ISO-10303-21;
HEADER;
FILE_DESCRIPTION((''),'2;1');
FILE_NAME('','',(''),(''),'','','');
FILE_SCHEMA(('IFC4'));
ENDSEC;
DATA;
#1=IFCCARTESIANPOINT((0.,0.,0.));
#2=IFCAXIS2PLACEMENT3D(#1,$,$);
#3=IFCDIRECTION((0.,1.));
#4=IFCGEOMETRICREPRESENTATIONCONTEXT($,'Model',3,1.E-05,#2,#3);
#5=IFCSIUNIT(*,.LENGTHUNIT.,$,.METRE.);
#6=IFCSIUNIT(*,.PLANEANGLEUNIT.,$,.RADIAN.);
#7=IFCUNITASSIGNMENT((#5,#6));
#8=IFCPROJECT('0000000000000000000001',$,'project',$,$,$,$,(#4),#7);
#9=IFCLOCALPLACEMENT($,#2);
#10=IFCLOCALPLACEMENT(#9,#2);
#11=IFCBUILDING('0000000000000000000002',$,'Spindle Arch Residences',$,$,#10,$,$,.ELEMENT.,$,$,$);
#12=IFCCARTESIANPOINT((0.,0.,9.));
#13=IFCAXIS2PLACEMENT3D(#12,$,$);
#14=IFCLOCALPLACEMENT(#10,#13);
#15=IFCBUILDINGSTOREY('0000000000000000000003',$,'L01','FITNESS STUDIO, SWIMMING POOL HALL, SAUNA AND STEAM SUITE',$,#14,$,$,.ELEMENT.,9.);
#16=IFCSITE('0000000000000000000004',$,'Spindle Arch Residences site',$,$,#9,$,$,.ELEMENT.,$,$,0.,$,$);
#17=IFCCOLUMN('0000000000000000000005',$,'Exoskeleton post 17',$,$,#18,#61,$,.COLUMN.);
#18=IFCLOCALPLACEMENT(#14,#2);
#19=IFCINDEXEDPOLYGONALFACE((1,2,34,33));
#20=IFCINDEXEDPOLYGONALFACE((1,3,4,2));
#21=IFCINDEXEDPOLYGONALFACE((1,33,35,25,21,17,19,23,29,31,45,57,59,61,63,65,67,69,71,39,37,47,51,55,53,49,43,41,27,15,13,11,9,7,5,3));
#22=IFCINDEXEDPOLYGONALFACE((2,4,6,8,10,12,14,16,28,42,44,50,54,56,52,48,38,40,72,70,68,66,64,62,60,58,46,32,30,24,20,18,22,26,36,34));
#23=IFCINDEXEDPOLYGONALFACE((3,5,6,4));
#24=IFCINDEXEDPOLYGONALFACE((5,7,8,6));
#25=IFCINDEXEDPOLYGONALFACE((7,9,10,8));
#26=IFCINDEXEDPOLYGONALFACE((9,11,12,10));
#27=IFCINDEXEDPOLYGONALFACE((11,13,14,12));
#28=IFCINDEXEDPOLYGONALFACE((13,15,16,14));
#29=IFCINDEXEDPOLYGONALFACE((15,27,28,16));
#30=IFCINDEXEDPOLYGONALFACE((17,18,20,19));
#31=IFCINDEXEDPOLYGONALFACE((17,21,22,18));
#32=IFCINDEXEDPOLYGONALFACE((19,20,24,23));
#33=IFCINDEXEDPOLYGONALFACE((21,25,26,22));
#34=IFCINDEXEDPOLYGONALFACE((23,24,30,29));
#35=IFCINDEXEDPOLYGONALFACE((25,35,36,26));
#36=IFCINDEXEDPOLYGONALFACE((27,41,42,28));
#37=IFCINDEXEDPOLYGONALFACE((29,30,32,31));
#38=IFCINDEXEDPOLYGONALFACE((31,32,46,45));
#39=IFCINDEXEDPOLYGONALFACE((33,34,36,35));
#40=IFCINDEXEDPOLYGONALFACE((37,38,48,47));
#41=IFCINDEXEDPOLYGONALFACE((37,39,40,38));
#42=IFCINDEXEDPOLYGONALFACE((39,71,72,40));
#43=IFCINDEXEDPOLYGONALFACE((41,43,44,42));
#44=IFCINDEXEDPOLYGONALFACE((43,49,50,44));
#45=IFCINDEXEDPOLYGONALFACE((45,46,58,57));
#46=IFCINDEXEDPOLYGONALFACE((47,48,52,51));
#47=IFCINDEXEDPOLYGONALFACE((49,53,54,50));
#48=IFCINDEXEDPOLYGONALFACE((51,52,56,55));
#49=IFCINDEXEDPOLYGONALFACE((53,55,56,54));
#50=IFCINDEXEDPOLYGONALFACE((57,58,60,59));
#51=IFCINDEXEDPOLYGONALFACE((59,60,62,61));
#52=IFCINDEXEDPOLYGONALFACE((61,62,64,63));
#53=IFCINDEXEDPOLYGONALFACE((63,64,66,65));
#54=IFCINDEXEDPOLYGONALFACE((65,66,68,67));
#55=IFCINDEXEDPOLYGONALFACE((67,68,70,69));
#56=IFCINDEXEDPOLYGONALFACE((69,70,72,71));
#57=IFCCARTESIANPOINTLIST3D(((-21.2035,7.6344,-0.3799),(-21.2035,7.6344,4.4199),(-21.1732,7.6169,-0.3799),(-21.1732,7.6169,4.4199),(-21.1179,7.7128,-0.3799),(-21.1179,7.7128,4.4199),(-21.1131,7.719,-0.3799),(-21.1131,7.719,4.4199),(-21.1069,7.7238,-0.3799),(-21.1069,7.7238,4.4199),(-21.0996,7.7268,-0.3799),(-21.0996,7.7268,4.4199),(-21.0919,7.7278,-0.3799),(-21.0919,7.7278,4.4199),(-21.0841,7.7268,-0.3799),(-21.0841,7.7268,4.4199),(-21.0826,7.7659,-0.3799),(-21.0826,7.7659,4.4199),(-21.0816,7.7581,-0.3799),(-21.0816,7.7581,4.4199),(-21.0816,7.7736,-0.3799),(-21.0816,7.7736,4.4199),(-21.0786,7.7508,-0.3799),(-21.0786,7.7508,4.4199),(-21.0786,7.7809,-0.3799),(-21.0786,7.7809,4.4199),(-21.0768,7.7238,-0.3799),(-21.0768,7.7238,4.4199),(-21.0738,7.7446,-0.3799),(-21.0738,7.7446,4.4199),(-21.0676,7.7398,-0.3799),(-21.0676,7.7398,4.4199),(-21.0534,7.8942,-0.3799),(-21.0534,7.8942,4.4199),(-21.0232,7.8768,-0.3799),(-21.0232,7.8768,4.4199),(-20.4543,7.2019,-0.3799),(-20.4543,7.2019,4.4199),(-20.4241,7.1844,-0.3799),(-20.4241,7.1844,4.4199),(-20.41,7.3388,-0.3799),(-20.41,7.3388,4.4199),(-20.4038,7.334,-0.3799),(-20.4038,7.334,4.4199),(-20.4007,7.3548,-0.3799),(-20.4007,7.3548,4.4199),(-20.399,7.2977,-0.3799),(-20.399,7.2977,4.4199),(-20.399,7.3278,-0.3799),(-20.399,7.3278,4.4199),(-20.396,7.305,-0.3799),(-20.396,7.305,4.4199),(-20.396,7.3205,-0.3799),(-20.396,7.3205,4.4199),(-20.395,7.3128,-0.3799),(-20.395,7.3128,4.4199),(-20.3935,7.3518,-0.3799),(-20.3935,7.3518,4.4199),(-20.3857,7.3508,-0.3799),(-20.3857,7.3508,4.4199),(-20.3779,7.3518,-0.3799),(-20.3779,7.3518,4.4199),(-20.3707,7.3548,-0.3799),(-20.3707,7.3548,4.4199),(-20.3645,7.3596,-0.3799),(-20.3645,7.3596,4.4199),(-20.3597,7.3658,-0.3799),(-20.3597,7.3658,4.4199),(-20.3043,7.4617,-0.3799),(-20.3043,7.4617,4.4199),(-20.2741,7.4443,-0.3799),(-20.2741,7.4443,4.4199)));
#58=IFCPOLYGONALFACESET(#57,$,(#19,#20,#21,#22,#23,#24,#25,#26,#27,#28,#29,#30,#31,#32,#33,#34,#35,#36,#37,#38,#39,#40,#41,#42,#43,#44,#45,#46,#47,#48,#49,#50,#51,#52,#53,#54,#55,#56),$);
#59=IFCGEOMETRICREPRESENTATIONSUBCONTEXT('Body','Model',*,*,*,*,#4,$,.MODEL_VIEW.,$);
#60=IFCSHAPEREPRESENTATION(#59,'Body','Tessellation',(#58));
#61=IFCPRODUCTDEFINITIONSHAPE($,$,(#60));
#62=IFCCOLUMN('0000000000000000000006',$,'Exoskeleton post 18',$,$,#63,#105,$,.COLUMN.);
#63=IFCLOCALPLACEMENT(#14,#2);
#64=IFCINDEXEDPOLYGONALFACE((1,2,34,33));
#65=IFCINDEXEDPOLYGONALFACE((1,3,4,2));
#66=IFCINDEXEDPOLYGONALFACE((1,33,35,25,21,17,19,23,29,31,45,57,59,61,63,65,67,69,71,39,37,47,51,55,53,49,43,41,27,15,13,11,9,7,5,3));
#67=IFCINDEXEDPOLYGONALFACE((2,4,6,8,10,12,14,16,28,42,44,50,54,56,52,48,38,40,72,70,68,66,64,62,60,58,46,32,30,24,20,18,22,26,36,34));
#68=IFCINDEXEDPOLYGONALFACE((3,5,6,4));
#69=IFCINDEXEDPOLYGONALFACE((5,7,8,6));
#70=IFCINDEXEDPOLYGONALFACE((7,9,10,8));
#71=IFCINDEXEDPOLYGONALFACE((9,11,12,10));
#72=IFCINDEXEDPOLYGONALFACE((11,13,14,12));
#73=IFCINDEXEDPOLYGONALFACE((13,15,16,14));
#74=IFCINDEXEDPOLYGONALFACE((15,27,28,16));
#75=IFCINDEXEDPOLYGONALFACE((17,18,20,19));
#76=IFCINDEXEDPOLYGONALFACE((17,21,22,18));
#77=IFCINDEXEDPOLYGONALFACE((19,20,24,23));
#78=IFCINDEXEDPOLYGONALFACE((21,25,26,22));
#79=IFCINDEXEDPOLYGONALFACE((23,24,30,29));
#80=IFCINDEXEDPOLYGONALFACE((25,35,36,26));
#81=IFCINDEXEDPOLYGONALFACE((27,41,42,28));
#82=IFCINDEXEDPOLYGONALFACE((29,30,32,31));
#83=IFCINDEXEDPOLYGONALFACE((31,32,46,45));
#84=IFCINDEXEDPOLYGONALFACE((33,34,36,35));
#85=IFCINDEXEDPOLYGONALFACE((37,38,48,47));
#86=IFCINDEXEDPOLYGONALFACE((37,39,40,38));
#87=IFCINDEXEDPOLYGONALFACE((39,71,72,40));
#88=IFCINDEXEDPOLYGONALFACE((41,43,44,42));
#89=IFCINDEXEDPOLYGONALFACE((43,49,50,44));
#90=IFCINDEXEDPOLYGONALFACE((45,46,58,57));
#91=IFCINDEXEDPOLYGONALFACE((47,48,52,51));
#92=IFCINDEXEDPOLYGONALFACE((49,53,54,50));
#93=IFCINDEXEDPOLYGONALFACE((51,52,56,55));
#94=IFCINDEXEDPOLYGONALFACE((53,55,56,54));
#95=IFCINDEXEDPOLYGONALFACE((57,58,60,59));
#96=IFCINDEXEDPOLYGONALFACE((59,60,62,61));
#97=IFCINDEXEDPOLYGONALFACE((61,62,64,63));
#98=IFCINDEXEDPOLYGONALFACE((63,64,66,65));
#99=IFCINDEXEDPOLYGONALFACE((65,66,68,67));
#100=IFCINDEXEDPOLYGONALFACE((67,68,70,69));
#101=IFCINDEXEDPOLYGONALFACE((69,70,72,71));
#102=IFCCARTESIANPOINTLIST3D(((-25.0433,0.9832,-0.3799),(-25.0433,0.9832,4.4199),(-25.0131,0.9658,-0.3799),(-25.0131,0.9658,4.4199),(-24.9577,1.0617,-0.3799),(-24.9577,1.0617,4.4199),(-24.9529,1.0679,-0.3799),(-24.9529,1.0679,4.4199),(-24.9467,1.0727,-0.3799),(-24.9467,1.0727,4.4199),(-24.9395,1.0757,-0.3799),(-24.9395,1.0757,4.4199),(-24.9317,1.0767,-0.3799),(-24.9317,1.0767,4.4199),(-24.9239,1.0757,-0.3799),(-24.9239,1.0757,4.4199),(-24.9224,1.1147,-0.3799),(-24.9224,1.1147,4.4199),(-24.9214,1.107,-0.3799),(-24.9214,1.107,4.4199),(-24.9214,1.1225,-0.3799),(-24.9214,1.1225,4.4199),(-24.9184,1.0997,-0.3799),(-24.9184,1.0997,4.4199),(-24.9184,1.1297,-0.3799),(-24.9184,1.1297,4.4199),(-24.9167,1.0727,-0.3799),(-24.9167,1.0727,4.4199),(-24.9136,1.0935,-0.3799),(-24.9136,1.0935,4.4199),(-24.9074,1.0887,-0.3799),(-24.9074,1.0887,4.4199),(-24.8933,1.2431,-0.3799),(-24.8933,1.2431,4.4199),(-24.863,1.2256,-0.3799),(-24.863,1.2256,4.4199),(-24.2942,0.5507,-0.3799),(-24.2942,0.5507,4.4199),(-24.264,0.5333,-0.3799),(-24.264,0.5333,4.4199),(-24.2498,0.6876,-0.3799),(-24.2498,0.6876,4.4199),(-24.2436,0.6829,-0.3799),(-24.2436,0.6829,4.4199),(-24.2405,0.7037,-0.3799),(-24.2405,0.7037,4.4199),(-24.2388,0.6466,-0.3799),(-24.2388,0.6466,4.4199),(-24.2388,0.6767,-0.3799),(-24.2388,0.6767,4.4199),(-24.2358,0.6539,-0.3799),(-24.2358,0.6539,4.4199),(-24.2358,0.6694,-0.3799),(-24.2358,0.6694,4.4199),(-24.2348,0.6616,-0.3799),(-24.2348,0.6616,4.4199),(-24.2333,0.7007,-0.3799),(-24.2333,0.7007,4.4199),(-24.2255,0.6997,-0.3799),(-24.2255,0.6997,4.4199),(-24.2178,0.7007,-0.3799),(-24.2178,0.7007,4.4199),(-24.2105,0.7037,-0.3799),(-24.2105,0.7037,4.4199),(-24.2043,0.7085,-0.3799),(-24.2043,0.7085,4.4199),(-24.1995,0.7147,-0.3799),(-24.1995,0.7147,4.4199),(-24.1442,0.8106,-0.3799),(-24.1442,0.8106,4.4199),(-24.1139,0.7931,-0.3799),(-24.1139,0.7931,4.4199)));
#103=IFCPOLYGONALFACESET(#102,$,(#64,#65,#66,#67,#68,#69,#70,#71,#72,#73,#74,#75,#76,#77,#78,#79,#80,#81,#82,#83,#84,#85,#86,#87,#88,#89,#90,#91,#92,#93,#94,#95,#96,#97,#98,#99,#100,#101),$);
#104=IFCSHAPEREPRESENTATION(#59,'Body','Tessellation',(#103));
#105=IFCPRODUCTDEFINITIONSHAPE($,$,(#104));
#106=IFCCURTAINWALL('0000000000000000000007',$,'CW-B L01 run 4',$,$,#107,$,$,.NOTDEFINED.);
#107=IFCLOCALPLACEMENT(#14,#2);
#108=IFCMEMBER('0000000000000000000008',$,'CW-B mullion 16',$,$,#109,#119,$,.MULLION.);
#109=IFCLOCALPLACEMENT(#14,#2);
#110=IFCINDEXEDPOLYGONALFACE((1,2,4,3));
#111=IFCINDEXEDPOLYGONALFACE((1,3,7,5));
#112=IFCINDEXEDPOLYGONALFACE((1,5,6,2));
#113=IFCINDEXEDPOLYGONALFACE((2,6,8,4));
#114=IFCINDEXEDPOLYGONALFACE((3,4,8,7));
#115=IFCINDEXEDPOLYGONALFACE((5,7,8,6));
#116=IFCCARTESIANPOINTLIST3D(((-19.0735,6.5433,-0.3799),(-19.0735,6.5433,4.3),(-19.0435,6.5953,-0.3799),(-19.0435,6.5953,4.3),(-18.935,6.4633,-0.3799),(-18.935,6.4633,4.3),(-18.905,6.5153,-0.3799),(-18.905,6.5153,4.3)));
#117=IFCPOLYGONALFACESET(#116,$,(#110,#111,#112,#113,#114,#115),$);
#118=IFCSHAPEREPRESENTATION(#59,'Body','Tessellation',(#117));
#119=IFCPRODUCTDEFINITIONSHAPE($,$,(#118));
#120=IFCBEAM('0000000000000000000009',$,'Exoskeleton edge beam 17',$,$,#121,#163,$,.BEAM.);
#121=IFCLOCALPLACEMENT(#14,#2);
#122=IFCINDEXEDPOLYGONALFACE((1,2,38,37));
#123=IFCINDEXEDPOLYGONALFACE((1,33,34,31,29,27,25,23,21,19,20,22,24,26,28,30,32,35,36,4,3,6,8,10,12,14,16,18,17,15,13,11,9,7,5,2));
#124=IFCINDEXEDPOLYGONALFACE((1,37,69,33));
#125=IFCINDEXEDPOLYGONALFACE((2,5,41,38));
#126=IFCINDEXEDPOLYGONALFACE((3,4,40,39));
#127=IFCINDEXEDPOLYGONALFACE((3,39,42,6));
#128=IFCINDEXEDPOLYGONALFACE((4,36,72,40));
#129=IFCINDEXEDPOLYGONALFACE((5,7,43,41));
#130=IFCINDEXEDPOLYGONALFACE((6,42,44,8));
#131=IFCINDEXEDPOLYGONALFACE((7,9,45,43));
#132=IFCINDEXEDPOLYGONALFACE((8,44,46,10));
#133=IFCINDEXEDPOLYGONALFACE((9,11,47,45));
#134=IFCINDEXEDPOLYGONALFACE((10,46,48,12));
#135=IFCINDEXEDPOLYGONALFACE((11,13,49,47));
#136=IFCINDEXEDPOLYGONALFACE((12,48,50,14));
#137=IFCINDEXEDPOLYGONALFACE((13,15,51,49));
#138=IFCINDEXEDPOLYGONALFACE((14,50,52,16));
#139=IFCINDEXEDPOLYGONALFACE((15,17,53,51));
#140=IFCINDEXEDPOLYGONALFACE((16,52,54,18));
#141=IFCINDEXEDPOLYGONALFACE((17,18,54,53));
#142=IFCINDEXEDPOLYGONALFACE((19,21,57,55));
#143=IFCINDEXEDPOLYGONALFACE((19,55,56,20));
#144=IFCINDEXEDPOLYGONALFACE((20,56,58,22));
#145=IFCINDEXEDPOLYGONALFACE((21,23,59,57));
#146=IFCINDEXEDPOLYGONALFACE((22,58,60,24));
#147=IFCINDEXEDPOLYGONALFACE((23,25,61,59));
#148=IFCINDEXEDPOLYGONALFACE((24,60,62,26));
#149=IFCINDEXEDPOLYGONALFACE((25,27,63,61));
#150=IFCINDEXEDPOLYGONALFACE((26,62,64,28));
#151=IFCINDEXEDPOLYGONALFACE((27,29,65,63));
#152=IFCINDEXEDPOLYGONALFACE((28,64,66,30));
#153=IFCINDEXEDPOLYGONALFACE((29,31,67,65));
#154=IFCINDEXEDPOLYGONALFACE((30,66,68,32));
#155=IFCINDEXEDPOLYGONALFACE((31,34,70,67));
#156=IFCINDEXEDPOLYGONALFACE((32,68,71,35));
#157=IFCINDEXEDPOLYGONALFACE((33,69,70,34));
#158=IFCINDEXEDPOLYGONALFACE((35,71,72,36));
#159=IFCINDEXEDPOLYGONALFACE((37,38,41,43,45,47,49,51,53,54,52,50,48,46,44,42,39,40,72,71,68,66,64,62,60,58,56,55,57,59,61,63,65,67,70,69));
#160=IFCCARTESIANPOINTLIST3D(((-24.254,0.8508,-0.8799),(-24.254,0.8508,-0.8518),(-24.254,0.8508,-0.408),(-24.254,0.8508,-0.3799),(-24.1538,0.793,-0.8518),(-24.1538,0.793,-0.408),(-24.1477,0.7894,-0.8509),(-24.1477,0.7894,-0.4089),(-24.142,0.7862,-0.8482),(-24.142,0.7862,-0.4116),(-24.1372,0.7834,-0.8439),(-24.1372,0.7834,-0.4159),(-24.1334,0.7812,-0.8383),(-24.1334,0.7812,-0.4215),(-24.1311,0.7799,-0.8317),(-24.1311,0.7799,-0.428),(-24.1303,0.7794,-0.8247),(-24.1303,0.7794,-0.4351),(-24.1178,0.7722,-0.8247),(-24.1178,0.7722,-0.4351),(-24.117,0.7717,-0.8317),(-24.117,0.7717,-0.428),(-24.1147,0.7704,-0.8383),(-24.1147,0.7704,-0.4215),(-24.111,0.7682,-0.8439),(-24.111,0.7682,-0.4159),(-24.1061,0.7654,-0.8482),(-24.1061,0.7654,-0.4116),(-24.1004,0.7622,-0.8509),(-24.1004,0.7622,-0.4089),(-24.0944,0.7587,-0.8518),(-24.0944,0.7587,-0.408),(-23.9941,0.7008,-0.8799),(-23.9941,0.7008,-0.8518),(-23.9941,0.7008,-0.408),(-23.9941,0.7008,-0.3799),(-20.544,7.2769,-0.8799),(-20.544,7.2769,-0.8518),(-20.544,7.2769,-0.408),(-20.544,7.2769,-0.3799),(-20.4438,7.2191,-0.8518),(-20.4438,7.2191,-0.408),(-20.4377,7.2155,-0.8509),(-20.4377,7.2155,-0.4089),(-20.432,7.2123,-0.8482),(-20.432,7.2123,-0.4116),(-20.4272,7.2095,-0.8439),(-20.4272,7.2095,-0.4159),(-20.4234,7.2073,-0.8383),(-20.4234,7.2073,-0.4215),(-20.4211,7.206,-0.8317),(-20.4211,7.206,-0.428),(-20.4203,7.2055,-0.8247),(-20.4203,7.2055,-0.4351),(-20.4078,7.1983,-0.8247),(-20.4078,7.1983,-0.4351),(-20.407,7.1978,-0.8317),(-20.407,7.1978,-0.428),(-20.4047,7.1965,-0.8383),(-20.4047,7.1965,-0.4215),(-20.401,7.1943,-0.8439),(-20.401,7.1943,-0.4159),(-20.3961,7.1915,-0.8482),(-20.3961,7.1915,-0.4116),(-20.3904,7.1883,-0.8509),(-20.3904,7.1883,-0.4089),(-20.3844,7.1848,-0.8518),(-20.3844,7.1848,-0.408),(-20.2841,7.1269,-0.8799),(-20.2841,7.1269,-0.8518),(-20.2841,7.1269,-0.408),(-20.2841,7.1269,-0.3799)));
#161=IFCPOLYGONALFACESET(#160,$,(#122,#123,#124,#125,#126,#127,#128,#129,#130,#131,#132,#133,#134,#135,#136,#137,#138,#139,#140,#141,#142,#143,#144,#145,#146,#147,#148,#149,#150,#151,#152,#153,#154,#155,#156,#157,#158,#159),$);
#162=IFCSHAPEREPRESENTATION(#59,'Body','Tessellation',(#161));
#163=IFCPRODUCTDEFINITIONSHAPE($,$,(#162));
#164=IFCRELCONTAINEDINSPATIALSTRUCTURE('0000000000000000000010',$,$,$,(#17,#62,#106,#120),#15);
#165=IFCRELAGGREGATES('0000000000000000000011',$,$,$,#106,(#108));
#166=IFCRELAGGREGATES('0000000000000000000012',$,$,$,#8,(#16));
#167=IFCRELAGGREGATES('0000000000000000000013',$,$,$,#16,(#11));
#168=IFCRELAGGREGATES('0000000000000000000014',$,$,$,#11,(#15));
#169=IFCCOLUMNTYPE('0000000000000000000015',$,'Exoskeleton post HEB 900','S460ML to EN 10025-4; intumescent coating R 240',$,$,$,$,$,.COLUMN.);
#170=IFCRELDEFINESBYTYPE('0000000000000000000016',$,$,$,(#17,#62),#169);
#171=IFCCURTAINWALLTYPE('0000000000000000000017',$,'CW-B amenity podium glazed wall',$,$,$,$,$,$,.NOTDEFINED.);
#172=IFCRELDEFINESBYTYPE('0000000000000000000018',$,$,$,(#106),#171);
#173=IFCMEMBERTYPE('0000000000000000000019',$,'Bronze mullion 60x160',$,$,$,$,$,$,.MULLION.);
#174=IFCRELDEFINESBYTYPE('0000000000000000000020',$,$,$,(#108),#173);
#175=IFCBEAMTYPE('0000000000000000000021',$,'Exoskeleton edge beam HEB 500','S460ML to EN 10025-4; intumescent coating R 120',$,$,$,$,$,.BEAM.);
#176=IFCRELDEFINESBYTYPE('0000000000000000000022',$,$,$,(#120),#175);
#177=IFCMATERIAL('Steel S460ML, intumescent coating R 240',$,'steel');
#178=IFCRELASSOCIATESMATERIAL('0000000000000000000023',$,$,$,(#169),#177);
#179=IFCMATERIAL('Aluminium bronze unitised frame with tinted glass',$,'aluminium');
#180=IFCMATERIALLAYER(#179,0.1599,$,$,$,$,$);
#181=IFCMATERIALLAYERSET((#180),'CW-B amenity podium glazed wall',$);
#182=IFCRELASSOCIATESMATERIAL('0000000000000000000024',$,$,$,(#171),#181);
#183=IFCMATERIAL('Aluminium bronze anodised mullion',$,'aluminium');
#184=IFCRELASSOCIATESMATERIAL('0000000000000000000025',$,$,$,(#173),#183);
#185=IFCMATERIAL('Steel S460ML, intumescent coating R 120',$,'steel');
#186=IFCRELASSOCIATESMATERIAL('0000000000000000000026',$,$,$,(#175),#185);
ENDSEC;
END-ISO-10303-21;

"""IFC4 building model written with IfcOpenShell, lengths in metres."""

from ifc_helpers import new_model, si_unit, direction, frame, origin, origin_2d, place, context, subcontext, project, spatial, rectangle, i_section, extrude, material, layer, layer_set, material_profile, profile_set, type_object, element, aggregate, save


model = new_model("IFC4")

# Units and contexts
model_context = context("Model", 3, precision=1e-05, world=origin(), true_north=direction((0.0, 1.0)))
body_context = subcontext(model_context, "Body", "Model", "MODEL_VIEW")
ifc_project = project(units=[si_unit("LENGTHUNIT", "METRE"), si_unit("PLANEANGLEUNIT", "RADIAN")], contexts=[model_context])

# Site, building, storey
site_placement = place(None, origin())
site = spatial("IfcSite", under=ifc_project, at=site_placement, Name="Spindle Arch Residences site", CompositionType="ELEMENT", RefElevation=0.0)
building_placement = place(site_placement, origin())
building = spatial("IfcBuilding", under=site, at=building_placement, Name="Spindle Arch Residences", CompositionType="ELEMENT")
storey_placement = place(building_placement, frame((0.0, 0.0, 9.0)))
storey = spatial("IfcBuildingStorey", under=building, at=storey_placement, Name="L01", Description="FITNESS STUDIO, SWIMMING POOL HALL, SAUNA AND STEAM SUITE", CompositionType="ELEMENT", Elevation=9.0)

# Columns
ifc_material_1 = material(Name="Steel S460ML, intumescent coating R 240", Category="steel")
ifc_material_profile_1 = material_profile(ifc_material_1, i_section(OverallWidth=0.3, OverallDepth=0.8999, WebThickness=0.0186, FlangeThickness=0.0349, FilletRadius=0.03, at=origin_2d()), Name="HEB 900")
ifc_profile_set_1 = profile_set([ifc_material_profile_1], Name="Steel S460ML, intumescent coating R 240")
column_type = type_object("IfcColumnType", Name="Exoskeleton post HEB 900", Description="S460ML to EN 10025-4; intumescent coating R 240", PredefinedType="COLUMN", material=ifc_profile_set_1)
for number, where, z_axis, x_axis, name in (
    (1, (-20.7388, 7.5393, -0.3799), (0.0, 0.0, 1.0), (0.5, 0.866025, 0.0), "Exoskeleton post 17"),
    (2, (-24.5786, 0.8882, -0.3799), (0.0, 0.0, 1.0), (0.5, 0.866025, 0.0), "Exoskeleton post 18"),
):
    element("IfcColumn", number, at=place(storey_placement, frame(where, z_axis=z_axis, x_axis=x_axis)), inside=storey, type_object=column_type, Name=name, PredefinedType="COLUMN", context=body_context, shape_type="SweptSolid", body=[
        extrude(i_section(OverallWidth=0.3, OverallDepth=0.8999, WebThickness=0.0186, FlangeThickness=0.0349, FilletRadius=0.03, at=origin_2d()), origin(), (0.0, 0.0, 1.0), 4.7998),
    ])

# Curtain wall, member
ifc_material_2 = material(Name="Aluminium bronze unitised frame with tinted glass", Category="aluminium")
ifc_layer_1 = layer(ifc_material_2, 0.1599)
ifc_layer_set_1 = layer_set([ifc_layer_1], Name="CW-B amenity podium glazed wall")
curtain_wall_type = type_object("IfcCurtainWallType", Name="CW-B amenity podium glazed wall", PredefinedType="NOTDEFINED", material=ifc_layer_set_1)
curtain_wall_placement = place(storey_placement, origin())
curtain_wall = element("IfcCurtainWall", 3, at=curtain_wall_placement, inside=storey, type_object=curtain_wall_type, Name="CW-B L01 run 4", PredefinedType="NOTDEFINED")
ifc_material_3 = material(Name="Aluminium bronze anodised mullion", Category="aluminium")
ifc_material_profile_2 = material_profile(ifc_material_3, rectangle(XDim=0.1599, YDim=0.0601, at=origin_2d()), Name="MU 60x160")
ifc_profile_set_2 = profile_set([ifc_material_profile_2], Name="Aluminium bronze anodised mullion")
member_type = type_object("IfcMemberType", Name="Bronze mullion 60x160", PredefinedType="MULLION", material=ifc_profile_set_2)
member_placement = place(storey_placement, frame((-18.9893, 6.5293, -0.3799), z_axis=(0.0, 0.0, 1.0), x_axis=(0.866025, -0.5, 0.0)))
member = element("IfcMember", 4, at=member_placement, type_object=member_type, Name="CW-B mullion 16", PredefinedType="MULLION", context=body_context, shape_type="SweptSolid", body=[
    extrude(rectangle(XDim=0.1599, YDim=0.0601, at=origin_2d()), origin(), (0.0, 0.0, 1.0), 4.6799),
])

# Beam
ifc_material_4 = material(Name="Steel S460ML, intumescent coating R 120", Category="steel")
ifc_material_profile_3 = material_profile(ifc_material_4, i_section(OverallWidth=0.3, OverallDepth=0.5, WebThickness=0.0144, FlangeThickness=0.0281, FilletRadius=0.0271, at=origin_2d()), Name="HEB 500")
ifc_profile_set_3 = profile_set([ifc_material_profile_3], Name="Steel S460ML, intumescent coating R 120")
beam_type_1 = type_object("IfcBeamType", Name="Exoskeleton edge beam HEB 500", Description="S460ML to EN 10025-4; intumescent coating R 120", PredefinedType="BEAM", material=ifc_profile_set_3)
beam_1_placement = place(storey_placement, frame((-20.4141, 7.2019, -0.6299), z_axis=(-0.499989, -0.866032, 0.0), x_axis=(0.866032, -0.499989, 0.0)))
element("IfcBeam", 5, at=beam_1_placement, inside=storey, type_object=beam_type_1, Name="Exoskeleton edge beam 17", PredefinedType="BEAM", context=body_context, shape_type="SweptSolid", body=[
    extrude(i_section(OverallWidth=0.3, OverallDepth=0.5, WebThickness=0.0144, FlangeThickness=0.0281, FilletRadius=0.0271, at=origin_2d()), origin(), (0.0, 0.0, 1.0), 7.4202),
])

aggregate(curtain_wall, [member])

save(model, "model.ifc")
